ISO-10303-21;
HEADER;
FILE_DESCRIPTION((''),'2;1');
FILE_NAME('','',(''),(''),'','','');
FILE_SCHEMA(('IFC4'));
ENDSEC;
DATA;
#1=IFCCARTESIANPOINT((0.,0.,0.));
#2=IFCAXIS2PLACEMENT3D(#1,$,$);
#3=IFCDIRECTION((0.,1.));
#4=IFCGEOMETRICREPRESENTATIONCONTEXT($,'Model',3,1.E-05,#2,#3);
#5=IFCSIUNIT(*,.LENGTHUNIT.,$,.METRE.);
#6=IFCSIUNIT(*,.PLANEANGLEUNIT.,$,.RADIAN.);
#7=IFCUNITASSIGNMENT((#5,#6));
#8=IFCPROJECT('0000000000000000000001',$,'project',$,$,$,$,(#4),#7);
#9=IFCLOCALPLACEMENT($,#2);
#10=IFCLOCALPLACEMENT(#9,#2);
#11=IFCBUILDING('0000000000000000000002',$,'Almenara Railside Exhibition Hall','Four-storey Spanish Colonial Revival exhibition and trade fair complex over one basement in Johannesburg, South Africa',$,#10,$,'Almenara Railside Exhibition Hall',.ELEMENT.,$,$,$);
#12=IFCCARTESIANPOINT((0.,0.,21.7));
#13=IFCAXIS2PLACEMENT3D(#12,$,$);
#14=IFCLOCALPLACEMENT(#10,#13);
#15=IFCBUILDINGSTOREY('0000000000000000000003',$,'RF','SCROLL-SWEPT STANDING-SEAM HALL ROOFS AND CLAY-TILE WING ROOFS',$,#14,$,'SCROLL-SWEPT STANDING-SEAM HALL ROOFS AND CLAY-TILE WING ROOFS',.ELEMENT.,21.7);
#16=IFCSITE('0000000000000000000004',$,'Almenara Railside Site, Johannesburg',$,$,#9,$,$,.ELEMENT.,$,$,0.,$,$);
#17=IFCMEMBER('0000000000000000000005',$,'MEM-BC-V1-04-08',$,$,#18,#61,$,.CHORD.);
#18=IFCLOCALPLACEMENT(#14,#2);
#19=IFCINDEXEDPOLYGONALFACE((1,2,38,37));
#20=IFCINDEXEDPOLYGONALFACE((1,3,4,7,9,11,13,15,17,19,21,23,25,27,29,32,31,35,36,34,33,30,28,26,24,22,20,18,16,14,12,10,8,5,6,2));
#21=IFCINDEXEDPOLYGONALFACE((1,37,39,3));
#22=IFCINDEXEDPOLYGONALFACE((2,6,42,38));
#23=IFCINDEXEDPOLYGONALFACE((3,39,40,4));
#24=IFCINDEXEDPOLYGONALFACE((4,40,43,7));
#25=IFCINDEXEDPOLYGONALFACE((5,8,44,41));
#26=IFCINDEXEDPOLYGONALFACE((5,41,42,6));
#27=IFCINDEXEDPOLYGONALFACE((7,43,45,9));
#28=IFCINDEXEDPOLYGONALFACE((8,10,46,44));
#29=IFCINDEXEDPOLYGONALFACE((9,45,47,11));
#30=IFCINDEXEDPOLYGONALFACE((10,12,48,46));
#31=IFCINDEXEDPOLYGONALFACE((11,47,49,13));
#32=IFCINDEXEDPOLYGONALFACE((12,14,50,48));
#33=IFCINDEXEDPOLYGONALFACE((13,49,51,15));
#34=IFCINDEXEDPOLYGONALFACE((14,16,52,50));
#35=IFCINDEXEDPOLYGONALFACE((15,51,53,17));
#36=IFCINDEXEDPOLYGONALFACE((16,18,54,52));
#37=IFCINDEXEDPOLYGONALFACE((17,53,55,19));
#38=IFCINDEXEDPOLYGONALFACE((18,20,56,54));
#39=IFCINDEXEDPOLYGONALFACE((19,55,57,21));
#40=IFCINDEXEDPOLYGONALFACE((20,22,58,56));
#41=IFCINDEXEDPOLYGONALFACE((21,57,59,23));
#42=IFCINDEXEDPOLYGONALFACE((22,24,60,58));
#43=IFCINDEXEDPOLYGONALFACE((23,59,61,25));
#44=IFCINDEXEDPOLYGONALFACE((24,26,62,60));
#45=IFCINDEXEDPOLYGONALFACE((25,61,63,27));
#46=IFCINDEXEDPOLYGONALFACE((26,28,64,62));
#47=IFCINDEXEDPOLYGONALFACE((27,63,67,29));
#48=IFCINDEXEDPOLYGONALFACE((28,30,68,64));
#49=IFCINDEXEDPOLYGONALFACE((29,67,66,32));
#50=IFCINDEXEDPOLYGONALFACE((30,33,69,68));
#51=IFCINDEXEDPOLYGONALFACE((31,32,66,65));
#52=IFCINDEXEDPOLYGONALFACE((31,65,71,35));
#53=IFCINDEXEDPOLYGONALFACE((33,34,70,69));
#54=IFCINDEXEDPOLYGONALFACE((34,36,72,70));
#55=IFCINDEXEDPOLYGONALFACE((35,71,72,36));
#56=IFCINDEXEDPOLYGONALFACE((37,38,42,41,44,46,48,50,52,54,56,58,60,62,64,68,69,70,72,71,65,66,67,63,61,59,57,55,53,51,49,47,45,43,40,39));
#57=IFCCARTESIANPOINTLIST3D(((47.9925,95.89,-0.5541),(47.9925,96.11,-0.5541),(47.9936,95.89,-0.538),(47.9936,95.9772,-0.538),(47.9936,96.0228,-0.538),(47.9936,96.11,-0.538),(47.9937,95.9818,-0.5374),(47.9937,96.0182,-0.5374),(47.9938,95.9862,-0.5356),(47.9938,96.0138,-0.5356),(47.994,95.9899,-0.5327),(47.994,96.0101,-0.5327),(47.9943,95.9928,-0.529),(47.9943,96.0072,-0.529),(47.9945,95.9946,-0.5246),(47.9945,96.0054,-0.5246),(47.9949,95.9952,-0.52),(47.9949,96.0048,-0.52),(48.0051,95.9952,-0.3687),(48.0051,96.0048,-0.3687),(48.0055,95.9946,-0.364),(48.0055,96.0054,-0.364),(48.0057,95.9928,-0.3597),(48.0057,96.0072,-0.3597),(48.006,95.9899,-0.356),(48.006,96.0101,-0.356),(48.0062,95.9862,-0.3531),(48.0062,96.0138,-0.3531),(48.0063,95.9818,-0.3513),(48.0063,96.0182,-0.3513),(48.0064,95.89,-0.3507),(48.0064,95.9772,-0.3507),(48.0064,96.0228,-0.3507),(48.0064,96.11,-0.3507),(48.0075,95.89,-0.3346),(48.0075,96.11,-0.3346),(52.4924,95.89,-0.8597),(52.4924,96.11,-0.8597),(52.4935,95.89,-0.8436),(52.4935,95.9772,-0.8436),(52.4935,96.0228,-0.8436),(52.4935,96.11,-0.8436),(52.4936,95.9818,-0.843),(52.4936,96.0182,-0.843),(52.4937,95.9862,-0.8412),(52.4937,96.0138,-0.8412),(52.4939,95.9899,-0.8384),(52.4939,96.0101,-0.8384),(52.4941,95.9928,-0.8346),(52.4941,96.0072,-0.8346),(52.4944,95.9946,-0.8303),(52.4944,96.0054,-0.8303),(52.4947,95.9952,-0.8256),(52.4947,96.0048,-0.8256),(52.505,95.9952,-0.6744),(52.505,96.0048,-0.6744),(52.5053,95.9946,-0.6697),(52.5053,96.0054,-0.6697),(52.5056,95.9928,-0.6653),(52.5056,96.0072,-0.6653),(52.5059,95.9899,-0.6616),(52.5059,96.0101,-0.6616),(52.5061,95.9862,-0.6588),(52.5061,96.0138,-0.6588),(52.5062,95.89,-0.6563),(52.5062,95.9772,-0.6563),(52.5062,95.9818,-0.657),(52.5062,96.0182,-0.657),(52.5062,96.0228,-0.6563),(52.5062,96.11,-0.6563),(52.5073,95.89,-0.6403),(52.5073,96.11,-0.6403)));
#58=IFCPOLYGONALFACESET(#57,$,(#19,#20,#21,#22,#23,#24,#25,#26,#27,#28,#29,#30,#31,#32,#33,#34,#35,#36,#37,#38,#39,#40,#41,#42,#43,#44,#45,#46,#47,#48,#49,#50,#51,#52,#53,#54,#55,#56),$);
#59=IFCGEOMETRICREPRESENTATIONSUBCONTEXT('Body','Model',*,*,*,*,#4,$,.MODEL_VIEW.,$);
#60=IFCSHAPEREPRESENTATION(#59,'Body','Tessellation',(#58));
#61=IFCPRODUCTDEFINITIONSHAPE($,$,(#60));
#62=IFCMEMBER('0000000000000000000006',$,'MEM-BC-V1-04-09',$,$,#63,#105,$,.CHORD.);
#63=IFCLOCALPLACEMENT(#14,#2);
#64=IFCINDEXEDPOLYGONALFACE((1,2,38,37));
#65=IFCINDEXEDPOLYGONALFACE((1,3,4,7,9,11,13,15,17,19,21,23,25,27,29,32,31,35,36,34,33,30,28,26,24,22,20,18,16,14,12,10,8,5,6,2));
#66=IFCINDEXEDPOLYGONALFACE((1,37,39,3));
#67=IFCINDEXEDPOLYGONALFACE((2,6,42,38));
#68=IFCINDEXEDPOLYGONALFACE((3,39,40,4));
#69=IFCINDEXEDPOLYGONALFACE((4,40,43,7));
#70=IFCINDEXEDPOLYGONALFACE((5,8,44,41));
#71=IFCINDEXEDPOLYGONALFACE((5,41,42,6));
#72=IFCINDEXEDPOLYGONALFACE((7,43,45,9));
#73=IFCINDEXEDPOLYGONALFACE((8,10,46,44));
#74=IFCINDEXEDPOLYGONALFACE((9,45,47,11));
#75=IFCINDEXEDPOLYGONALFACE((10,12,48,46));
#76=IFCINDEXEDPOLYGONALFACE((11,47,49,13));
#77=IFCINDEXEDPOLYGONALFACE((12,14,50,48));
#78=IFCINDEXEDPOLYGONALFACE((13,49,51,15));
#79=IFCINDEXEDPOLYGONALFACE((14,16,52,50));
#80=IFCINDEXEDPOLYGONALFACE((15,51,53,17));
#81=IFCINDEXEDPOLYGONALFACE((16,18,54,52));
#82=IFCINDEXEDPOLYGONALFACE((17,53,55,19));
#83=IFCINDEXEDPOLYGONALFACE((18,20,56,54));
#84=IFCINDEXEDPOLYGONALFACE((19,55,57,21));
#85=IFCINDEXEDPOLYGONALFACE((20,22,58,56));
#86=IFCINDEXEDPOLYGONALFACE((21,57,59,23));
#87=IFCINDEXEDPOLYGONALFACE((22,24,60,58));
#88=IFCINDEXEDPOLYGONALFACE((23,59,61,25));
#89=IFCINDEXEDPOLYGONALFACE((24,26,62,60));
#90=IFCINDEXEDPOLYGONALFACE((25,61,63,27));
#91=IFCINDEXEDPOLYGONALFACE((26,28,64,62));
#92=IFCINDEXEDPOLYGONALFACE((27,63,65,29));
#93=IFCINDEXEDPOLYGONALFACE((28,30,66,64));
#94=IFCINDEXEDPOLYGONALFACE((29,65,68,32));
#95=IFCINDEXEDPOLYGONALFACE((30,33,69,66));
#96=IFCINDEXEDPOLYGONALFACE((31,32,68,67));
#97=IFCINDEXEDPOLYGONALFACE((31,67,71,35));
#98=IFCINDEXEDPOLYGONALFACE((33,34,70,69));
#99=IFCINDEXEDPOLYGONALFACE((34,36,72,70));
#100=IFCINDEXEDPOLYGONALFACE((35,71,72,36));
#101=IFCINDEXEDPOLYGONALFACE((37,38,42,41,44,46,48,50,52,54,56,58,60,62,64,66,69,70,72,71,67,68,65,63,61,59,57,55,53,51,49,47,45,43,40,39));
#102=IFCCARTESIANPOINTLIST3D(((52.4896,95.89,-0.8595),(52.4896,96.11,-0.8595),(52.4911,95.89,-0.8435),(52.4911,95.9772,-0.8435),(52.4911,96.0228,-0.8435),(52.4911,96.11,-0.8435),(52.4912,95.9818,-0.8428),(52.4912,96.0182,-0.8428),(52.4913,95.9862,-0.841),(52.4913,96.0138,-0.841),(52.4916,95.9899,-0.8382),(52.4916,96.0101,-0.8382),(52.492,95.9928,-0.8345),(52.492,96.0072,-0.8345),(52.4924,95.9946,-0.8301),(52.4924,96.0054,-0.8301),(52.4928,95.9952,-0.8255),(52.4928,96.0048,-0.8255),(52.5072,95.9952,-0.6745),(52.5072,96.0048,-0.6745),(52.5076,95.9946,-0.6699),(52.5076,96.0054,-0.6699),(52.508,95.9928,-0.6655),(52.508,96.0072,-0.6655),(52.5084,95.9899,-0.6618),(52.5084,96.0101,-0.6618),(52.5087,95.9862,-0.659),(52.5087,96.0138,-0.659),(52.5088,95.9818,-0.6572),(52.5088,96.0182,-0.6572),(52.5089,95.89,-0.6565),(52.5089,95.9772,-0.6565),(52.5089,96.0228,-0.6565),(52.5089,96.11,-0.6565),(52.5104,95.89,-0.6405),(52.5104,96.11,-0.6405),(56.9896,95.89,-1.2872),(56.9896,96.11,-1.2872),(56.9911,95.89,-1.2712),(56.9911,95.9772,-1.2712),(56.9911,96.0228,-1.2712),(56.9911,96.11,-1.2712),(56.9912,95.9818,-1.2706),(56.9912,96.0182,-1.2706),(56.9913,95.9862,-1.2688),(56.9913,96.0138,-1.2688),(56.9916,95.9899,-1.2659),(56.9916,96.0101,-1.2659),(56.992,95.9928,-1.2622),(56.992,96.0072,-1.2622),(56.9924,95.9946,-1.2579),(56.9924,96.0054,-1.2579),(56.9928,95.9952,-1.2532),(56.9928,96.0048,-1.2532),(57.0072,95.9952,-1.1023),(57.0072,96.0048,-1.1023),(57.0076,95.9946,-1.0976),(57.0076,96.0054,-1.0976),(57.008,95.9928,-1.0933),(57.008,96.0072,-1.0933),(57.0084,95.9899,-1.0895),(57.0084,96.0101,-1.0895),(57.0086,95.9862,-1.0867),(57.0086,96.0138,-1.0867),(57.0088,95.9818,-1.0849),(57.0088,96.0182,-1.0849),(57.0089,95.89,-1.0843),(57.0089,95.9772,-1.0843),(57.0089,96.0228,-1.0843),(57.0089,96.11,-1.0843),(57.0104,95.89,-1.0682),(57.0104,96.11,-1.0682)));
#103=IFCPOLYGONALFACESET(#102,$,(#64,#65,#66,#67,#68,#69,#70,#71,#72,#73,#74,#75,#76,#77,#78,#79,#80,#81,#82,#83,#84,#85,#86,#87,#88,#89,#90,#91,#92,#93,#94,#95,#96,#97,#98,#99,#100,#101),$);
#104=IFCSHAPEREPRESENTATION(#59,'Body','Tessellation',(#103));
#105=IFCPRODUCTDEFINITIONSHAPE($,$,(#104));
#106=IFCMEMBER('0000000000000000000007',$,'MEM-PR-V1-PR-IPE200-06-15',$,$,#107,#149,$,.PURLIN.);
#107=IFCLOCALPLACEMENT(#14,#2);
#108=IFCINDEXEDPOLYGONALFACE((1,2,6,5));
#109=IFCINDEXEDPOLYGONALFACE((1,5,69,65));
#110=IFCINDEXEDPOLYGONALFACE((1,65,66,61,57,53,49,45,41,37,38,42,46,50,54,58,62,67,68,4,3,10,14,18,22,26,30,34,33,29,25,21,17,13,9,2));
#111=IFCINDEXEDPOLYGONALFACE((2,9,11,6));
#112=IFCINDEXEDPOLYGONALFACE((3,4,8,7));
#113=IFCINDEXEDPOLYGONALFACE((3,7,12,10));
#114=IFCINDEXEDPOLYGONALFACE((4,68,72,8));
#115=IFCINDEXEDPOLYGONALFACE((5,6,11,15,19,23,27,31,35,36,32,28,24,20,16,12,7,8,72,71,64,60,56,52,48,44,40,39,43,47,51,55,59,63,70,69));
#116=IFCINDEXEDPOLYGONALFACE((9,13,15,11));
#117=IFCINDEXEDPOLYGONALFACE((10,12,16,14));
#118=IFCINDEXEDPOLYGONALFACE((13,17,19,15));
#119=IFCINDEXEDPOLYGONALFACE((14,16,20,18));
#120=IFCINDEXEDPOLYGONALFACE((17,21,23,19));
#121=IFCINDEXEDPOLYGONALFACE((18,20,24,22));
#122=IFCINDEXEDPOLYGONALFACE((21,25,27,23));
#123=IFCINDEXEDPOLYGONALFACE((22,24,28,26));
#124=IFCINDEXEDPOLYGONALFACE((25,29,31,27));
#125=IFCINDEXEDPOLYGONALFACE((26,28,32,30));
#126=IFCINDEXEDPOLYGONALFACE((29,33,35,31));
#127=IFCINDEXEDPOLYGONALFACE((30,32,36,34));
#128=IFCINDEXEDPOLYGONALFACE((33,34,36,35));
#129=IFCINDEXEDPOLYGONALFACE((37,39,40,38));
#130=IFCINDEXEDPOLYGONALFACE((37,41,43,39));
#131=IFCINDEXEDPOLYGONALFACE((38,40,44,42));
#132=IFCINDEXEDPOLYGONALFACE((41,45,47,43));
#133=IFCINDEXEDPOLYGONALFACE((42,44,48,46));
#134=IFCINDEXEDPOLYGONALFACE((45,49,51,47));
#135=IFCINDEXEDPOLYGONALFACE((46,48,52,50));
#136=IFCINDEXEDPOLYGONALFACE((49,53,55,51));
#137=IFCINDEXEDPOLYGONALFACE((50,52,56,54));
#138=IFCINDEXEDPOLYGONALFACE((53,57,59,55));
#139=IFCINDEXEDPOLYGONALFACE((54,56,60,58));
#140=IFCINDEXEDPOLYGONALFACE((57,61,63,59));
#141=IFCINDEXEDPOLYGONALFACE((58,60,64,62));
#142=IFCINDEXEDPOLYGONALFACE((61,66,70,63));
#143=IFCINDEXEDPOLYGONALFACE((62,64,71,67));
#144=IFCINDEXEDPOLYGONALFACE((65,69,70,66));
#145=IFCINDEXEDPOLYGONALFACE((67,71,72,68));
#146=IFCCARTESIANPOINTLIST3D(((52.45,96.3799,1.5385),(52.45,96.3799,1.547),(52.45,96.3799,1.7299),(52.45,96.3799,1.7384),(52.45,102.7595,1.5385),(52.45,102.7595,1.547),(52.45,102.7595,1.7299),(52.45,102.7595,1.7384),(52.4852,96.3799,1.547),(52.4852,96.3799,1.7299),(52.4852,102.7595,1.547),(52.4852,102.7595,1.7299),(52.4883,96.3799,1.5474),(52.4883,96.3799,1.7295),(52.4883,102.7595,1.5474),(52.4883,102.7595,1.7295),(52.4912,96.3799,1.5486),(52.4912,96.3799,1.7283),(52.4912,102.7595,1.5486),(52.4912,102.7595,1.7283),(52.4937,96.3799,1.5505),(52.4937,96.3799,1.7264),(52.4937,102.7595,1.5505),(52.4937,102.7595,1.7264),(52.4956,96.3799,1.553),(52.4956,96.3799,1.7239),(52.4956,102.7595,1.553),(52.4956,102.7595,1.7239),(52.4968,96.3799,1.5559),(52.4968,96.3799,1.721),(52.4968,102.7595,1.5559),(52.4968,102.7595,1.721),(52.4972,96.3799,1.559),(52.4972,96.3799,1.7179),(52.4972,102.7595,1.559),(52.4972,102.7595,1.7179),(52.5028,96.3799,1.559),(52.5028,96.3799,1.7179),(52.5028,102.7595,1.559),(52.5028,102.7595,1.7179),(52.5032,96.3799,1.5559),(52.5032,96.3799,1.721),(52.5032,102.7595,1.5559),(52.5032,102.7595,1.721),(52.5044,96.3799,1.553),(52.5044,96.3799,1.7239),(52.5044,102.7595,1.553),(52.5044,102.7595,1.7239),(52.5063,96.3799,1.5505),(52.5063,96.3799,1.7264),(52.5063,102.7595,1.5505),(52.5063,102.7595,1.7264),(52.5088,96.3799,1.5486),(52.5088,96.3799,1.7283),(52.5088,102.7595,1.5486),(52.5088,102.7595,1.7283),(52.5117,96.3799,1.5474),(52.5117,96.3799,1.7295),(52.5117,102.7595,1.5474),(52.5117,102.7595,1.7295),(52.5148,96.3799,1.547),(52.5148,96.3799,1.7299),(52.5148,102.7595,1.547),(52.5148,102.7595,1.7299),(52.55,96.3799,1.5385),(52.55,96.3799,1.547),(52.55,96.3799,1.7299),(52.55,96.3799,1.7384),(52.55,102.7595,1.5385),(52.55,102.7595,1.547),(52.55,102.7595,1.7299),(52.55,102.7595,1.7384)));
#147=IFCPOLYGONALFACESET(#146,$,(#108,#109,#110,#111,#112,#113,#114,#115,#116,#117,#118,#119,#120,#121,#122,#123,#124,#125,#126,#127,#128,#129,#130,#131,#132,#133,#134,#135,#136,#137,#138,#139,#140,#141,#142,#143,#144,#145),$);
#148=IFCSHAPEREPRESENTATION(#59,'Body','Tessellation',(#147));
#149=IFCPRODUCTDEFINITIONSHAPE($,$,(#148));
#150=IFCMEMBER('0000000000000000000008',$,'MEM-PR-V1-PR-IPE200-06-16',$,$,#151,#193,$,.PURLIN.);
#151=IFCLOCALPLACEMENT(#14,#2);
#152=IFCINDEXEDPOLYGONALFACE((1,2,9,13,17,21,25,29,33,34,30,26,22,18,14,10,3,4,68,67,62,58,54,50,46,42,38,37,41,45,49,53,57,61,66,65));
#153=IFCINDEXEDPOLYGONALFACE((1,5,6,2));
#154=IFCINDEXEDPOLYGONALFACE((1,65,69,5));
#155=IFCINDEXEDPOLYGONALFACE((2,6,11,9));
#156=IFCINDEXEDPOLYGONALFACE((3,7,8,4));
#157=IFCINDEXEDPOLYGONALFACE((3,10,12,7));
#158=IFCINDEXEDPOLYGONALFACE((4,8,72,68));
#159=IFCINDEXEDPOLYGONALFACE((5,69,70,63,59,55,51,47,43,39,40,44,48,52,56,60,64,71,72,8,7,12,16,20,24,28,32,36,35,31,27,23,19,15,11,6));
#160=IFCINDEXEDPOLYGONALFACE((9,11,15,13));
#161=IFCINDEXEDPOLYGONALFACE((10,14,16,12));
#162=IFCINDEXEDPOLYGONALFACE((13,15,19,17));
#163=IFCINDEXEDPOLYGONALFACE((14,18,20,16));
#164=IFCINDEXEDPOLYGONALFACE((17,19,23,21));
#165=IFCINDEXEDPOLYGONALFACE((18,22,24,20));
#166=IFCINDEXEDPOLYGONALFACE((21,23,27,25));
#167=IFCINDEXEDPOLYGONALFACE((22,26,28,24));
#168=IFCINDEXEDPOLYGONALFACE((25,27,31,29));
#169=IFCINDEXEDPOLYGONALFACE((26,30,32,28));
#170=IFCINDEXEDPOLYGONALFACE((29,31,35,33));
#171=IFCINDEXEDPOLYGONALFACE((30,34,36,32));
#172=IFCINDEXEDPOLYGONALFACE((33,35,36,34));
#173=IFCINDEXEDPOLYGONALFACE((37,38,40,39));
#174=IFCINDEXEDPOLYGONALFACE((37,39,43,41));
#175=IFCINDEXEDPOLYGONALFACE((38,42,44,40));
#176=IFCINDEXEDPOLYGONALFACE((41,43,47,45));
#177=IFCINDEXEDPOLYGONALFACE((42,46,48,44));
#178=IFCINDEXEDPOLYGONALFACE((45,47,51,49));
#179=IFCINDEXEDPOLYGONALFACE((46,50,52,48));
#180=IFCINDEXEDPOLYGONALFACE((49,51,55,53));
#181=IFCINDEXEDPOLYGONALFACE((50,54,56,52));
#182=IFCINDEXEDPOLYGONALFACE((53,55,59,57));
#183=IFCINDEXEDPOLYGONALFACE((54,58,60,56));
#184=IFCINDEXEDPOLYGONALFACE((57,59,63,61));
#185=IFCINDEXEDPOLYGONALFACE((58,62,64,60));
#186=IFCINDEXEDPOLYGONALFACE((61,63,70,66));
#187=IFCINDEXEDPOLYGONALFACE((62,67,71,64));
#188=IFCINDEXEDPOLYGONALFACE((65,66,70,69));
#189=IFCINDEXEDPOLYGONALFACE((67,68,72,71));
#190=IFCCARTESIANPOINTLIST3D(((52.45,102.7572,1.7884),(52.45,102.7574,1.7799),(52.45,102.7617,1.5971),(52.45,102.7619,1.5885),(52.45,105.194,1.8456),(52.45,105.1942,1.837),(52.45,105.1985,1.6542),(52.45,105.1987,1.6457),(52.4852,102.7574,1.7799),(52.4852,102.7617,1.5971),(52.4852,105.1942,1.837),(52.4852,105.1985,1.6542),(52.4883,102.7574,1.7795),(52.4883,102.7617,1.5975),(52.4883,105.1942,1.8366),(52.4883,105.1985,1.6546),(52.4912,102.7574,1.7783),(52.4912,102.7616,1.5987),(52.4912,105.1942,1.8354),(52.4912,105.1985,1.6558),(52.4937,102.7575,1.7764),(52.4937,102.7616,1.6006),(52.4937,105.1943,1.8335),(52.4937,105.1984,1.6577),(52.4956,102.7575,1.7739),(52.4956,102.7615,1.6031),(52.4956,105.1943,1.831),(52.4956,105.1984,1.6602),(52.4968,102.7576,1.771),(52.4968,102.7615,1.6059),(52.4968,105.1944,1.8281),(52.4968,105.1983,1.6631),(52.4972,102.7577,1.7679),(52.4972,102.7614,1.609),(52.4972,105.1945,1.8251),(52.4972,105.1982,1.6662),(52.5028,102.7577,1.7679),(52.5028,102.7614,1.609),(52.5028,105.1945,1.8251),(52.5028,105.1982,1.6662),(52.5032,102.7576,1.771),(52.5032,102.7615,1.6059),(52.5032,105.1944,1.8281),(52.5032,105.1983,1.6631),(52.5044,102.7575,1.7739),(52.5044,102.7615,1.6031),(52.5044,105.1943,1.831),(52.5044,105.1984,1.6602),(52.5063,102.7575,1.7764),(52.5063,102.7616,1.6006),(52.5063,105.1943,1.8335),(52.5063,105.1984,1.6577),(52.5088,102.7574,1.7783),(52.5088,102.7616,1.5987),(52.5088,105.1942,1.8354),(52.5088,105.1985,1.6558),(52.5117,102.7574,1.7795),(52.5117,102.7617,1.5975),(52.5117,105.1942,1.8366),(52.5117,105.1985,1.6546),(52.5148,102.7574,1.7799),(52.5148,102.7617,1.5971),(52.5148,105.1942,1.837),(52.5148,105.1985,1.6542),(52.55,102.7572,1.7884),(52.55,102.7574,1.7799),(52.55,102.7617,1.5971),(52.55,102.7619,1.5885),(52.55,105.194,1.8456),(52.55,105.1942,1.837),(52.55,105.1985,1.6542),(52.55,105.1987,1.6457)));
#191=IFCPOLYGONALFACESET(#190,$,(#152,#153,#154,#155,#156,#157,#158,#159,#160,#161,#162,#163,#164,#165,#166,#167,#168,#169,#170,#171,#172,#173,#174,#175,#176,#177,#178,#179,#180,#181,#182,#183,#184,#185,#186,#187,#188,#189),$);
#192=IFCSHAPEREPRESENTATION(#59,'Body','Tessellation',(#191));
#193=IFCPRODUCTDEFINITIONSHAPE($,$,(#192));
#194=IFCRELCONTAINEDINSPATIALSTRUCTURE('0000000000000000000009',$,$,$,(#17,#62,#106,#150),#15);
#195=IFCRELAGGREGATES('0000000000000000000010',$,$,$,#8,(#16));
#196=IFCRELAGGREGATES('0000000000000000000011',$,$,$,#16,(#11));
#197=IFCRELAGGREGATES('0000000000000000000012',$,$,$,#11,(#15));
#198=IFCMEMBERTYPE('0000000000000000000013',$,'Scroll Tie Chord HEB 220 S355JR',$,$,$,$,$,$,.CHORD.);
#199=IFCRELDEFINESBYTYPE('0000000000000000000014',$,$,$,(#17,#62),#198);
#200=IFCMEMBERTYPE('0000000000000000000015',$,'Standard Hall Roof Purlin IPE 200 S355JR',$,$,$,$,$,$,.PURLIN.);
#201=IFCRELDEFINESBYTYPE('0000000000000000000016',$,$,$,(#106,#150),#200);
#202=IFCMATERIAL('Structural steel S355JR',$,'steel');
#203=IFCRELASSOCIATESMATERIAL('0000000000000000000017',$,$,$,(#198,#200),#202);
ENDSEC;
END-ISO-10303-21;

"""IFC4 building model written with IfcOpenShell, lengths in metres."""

from ifc_helpers import new_model, si_unit, direction, frame, origin, origin_2d, place, context, subcontext, project, spatial, i_section, extrude, material, material_profile, profile_set, type_object, element, save


model = new_model("IFC4")

# Units and contexts
model_context = context("Model", 3, precision=1e-05, world=origin(), true_north=direction((0.0, 1.0)))
body_context = subcontext(model_context, "Body", "Model", "MODEL_VIEW")
ifc_project = project(units=[si_unit("LENGTHUNIT", "METRE"), si_unit("PLANEANGLEUNIT", "RADIAN")], contexts=[model_context])

# Site, building, storey
site_placement = place(None, origin())
site = spatial("IfcSite", under=ifc_project, at=site_placement, Name="Almenara Railside Site, Johannesburg", CompositionType="ELEMENT", RefElevation=0.0)
building_placement = place(site_placement, origin())
building = spatial("IfcBuilding", under=site, at=building_placement, Name="Almenara Railside Exhibition Hall", Description="Four-storey Spanish Colonial Revival exhibition and trade fair complex over one basement in Johannesburg, South Africa", LongName="Almenara Railside Exhibition Hall", CompositionType="ELEMENT")
storey_placement = place(building_placement, frame((0.0, 0.0, 21.7)))
storey = spatial("IfcBuildingStorey", under=building, at=storey_placement, Name="RF", Description="SCROLL-SWEPT STANDING-SEAM HALL ROOFS AND CLAY-TILE WING ROOFS", LongName="SCROLL-SWEPT STANDING-SEAM HALL ROOFS AND CLAY-TILE WING ROOFS", CompositionType="ELEMENT", Elevation=21.7)

# Members
ifc_material_1 = material(Name="Structural steel S355JR", Category="steel")
ifc_material_profile_1 = material_profile(ifc_material_1, i_section(OverallWidth=0.22, OverallDepth=0.22, WebThickness=0.0095, FlangeThickness=0.0161, FilletRadius=0.0181, at=origin_2d()), Name="HEB 220")
ifc_profile_set_1 = profile_set([ifc_material_profile_1], Name="Structural steel S355JR")
member_type_1 = type_object("IfcMemberType", Name="Scroll Tie Chord HEB 220 S355JR", PredefinedType="CHORD", material=ifc_profile_set_1)
member_1_placement = place(storey_placement, frame((48.0, 96.0, -0.4443), z_axis=(0.997701, 0.0, -0.067769), x_axis=(0.0, 1.0, 0.0)))
element("IfcMember", 1, at=member_1_placement, inside=storey, type_object=member_type_1, Name="MEM-BC-V1-04-08", PredefinedType="CHORD", context=body_context, shape_type="SweptSolid", body=[
    extrude(i_section(OverallWidth=0.22, OverallDepth=0.22, WebThickness=0.0095, FlangeThickness=0.0161, FilletRadius=0.0181, at=origin_2d()), origin(), (0.0, 0.0, 1.0), 4.5103),
])
member_2_placement = place(storey_placement, frame((52.5, 96.0, -0.75), z_axis=(0.995513, 0.0, -0.094626), x_axis=(0.0, 1.0, 0.0)))
element("IfcMember", 2, at=member_2_placement, inside=storey, type_object=member_type_1, Name="MEM-BC-V1-04-09", PredefinedType="CHORD", context=body_context, shape_type="SweptSolid", body=[
    extrude(i_section(OverallWidth=0.22, OverallDepth=0.22, WebThickness=0.0095, FlangeThickness=0.0161, FilletRadius=0.0181, at=origin_2d()), origin(), (0.0, 0.0, 1.0), 4.5203),
])
ifc_material_profile_2 = material_profile(ifc_material_1, i_section(OverallWidth=0.1001, OverallDepth=0.2, WebThickness=0.0056, FlangeThickness=0.0085, FilletRadius=0.012, at=origin_2d()), Name="IPE 200")
ifc_profile_set_2 = profile_set([ifc_material_profile_2], Name="Structural steel S355JR")
member_type_2 = type_object("IfcMemberType", Name="Standard Hall Roof Purlin IPE 200 S355JR", PredefinedType="PURLIN", material=ifc_profile_set_2)
member_3_placement = place(storey_placement, frame((52.5, 96.3799, 1.6384), z_axis=(0.0, 1.0, 0.0), x_axis=(-1.0, 0.0, 0.0)))
element("IfcMember", 3, at=member_3_placement, inside=storey, type_object=member_type_2, Name="MEM-PR-V1-PR-IPE200-06-15", PredefinedType="PURLIN", context=body_context, shape_type="SweptSolid", body=[
    extrude(i_section(OverallWidth=0.1001, OverallDepth=0.2, WebThickness=0.0056, FlangeThickness=0.0085, FilletRadius=0.012, at=origin_2d()), origin(), (0.0, 0.0, 1.0), 6.3796),
])
member_4_placement = place(storey_placement, frame((52.5, 102.7595, 1.6885), z_axis=(0.0, 0.999725, 0.023438), x_axis=(-1.0, 0.0, 0.0)))
element("IfcMember", 4, at=member_4_placement, inside=storey, type_object=member_type_2, Name="MEM-PR-V1-PR-IPE200-06-16", PredefinedType="PURLIN", context=body_context, shape_type="SweptSolid", body=[
    extrude(i_section(OverallWidth=0.1001, OverallDepth=0.2, WebThickness=0.0056, FlangeThickness=0.0085, FilletRadius=0.012, at=origin_2d()), origin(), (0.0, 0.0, 1.0), 2.4375),
])

save(model, "model.ifc")
